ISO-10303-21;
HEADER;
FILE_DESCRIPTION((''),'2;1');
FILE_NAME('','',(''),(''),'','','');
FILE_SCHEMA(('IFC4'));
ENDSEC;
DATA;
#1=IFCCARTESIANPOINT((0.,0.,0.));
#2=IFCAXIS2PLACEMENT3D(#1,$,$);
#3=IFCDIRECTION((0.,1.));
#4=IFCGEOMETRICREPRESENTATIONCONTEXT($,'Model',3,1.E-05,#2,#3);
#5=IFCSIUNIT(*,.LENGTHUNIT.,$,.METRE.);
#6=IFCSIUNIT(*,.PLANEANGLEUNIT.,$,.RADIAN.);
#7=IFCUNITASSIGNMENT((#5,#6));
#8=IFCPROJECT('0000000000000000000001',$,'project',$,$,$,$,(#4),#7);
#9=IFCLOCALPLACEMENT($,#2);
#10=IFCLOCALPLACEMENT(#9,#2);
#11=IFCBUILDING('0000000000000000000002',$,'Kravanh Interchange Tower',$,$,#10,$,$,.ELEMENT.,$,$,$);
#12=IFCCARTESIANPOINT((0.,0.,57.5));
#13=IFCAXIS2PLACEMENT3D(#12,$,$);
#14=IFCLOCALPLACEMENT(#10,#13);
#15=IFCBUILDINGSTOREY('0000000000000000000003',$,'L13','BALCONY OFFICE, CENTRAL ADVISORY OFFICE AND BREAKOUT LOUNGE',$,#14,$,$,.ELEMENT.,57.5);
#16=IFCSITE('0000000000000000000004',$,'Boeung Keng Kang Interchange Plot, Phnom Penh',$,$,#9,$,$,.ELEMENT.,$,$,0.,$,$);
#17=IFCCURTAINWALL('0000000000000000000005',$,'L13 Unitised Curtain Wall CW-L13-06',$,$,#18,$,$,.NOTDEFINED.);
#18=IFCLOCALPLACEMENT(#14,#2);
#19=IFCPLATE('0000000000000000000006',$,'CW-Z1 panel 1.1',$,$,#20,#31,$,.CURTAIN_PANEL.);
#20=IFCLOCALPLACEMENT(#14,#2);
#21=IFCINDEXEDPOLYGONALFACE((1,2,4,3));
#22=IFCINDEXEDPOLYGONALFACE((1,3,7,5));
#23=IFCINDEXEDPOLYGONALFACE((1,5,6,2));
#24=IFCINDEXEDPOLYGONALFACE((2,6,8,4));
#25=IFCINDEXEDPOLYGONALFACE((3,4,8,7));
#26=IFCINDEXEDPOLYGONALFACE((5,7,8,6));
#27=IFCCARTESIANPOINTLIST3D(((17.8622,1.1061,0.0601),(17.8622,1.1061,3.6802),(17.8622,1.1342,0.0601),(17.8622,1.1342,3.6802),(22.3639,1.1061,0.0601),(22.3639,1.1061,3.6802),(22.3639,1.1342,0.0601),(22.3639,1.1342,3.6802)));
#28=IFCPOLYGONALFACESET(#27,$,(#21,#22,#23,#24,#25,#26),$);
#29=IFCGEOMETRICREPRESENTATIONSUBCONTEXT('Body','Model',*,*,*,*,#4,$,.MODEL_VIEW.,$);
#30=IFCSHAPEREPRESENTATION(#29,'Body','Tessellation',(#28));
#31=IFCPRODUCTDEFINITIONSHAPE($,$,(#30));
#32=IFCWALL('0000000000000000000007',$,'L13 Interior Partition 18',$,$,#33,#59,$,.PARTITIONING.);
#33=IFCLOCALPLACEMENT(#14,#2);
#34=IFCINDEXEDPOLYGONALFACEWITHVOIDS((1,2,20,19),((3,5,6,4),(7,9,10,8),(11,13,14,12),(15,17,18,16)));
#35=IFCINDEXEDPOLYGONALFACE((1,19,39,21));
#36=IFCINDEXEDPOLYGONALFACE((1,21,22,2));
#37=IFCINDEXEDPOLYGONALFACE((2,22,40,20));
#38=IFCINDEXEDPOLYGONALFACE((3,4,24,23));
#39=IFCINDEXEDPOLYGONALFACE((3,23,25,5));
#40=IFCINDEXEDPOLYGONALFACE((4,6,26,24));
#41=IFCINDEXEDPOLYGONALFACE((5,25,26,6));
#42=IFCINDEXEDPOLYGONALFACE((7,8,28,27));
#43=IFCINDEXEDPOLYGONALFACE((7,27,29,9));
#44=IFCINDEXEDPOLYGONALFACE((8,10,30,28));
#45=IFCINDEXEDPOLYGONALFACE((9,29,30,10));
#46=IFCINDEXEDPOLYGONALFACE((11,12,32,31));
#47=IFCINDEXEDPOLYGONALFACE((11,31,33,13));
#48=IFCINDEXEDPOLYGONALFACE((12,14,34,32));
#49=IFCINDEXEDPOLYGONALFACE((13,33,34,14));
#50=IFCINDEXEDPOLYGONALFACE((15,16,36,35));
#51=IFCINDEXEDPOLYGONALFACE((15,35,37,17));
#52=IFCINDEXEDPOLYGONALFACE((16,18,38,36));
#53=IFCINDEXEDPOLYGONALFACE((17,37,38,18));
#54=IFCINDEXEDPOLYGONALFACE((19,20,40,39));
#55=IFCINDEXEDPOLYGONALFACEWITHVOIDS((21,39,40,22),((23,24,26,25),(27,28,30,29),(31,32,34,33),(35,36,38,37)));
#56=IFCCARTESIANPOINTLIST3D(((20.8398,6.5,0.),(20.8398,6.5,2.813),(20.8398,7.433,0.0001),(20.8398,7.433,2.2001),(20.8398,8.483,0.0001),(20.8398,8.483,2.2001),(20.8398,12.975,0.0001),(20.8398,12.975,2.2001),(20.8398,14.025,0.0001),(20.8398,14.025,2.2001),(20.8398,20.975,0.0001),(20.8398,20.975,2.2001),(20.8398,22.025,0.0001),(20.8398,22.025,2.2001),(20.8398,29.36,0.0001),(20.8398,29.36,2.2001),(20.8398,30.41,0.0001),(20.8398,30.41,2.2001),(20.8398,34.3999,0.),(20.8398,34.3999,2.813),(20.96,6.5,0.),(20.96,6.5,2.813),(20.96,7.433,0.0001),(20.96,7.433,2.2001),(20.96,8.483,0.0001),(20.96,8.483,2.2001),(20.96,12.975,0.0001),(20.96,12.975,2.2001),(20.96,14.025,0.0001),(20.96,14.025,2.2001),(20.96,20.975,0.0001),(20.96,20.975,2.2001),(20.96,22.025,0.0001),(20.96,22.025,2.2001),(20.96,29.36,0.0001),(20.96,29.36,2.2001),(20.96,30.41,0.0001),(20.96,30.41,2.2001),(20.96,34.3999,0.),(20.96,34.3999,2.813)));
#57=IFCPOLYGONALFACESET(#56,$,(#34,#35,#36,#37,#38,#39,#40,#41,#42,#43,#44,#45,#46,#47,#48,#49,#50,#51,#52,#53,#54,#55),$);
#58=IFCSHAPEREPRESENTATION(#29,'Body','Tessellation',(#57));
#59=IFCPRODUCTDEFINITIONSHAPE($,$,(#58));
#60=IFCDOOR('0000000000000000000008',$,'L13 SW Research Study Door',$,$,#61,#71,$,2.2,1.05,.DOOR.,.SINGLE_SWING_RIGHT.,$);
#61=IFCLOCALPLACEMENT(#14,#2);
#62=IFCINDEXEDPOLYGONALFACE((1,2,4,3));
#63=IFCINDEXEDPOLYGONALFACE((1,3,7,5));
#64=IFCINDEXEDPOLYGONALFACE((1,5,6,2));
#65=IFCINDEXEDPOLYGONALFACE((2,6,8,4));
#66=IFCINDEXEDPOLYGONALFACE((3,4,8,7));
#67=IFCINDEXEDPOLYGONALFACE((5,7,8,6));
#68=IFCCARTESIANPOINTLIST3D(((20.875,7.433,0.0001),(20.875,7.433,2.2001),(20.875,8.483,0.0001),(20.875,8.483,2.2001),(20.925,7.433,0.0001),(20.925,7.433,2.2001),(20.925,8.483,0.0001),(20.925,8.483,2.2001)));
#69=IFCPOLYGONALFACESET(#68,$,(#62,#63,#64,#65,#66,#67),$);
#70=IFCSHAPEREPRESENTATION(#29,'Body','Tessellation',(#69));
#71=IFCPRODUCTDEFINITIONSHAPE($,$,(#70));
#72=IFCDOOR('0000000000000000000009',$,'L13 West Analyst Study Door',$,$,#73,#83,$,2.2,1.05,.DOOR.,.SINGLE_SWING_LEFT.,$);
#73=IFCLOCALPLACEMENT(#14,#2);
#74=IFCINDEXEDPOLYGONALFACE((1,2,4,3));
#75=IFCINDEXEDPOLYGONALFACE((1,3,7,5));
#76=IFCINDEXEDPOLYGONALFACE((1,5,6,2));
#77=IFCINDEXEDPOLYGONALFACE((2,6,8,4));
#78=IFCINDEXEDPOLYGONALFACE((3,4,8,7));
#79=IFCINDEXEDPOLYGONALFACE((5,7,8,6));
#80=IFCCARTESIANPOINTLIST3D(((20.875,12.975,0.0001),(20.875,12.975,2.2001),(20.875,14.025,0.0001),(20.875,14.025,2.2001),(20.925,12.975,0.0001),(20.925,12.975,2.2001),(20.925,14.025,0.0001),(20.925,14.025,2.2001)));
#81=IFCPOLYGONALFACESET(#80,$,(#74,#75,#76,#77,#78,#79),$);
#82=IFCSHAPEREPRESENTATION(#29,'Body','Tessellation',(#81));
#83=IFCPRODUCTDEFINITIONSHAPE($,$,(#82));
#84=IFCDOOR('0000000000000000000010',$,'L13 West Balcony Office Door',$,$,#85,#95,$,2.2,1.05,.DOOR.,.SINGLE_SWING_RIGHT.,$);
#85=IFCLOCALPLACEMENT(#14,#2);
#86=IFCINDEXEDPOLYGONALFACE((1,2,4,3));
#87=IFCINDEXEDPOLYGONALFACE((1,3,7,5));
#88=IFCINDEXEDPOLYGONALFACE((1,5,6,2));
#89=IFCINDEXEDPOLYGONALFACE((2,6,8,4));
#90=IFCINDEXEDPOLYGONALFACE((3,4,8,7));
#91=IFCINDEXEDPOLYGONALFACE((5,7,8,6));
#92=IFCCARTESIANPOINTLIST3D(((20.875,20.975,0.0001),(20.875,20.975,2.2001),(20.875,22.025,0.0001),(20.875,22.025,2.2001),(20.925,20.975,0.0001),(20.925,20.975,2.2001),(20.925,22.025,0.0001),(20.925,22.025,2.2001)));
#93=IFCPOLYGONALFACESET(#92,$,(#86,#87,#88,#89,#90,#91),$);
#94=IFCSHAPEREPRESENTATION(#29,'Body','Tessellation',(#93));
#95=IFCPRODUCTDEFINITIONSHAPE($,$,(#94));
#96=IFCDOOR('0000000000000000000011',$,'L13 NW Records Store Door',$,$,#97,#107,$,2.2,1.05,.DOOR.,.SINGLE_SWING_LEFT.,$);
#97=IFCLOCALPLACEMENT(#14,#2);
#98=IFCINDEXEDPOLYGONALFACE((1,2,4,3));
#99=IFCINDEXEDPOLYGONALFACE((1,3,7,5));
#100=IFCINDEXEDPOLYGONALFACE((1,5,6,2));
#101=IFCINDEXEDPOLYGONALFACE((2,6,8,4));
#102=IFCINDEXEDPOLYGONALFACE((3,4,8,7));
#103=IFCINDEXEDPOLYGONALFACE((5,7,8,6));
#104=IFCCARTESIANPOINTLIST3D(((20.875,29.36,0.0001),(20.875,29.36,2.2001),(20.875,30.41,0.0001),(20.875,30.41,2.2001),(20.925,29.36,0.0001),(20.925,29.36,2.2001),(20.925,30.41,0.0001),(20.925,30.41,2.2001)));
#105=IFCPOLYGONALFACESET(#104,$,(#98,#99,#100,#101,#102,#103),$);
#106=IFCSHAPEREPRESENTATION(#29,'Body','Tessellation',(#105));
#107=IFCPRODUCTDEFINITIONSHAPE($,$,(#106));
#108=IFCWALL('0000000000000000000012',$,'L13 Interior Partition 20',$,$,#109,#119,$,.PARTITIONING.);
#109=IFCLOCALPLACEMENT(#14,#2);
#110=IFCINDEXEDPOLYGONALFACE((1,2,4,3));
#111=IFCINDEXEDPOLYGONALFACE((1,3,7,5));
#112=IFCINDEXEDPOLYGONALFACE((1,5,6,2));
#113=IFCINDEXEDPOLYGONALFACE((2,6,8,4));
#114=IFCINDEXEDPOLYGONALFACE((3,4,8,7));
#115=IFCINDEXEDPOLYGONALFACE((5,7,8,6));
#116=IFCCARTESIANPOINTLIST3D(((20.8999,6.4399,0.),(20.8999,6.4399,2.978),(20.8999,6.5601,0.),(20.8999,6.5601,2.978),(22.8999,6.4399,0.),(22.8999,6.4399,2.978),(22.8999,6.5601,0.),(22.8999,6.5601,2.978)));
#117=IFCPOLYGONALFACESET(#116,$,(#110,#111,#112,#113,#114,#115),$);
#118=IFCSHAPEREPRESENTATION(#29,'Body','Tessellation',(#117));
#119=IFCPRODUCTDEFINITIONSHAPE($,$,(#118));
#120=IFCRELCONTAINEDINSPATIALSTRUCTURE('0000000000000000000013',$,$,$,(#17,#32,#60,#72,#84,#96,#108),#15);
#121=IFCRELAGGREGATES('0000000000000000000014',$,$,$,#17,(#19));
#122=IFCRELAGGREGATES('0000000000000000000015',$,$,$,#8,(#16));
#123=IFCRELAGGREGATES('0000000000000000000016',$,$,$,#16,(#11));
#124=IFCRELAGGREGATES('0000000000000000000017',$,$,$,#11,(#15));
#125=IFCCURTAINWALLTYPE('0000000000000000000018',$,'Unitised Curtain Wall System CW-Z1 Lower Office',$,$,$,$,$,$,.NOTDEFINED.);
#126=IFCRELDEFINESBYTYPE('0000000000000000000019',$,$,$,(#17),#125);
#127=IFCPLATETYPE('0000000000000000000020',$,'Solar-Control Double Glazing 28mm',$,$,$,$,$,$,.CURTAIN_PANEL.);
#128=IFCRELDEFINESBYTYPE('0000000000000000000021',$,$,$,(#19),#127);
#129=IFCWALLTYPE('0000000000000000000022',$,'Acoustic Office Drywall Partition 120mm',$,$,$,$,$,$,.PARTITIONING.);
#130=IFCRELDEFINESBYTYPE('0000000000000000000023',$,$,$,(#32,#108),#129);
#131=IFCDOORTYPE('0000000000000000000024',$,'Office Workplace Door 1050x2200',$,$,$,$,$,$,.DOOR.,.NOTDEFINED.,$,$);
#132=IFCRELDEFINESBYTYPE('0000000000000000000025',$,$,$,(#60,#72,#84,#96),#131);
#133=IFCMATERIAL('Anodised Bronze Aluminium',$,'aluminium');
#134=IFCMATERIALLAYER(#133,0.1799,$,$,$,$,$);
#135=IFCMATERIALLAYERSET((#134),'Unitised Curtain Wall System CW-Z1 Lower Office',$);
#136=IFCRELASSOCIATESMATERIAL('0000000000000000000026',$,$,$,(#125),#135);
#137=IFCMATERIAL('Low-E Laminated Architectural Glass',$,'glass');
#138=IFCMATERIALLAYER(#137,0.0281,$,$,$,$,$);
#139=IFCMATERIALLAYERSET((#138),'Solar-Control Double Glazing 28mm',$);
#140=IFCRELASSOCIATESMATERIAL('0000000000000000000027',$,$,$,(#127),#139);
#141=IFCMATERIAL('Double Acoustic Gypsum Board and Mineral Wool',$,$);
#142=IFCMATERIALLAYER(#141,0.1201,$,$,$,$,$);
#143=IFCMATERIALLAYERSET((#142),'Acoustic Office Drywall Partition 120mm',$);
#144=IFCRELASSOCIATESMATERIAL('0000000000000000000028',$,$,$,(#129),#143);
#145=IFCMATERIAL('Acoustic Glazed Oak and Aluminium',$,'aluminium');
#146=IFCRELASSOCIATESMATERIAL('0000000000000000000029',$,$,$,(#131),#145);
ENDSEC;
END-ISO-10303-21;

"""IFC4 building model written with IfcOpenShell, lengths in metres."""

from ifc_helpers import new_model, si_unit, direction, frame, frame_2d, origin, origin_2d, place, context, subcontext, project, spatial, rectangle, extrude, material, layer, layer_set, type_object, element, fill, aggregate, save


model = new_model("IFC4")

# Units and contexts
model_context = context("Model", 3, precision=1e-05, world=origin(), true_north=direction((0.0, 1.0)))
body_context = subcontext(model_context, "Body", "Model", "MODEL_VIEW")
ifc_project = project(units=[si_unit("LENGTHUNIT", "METRE"), si_unit("PLANEANGLEUNIT", "RADIAN")], contexts=[model_context])

# Site, building, storey
site_placement = place(None, origin())
site = spatial("IfcSite", under=ifc_project, at=site_placement, Name="Boeung Keng Kang Interchange Plot, Phnom Penh", CompositionType="ELEMENT", RefElevation=0.0)
building_placement = place(site_placement, origin())
building = spatial("IfcBuilding", under=site, at=building_placement, Name="Kravanh Interchange Tower", CompositionType="ELEMENT")
storey_placement = place(building_placement, frame((0.0, 0.0, 57.5)))
storey = spatial("IfcBuildingStorey", under=building, at=storey_placement, Name="L13", Description="BALCONY OFFICE, CENTRAL ADVISORY OFFICE AND BREAKOUT LOUNGE", CompositionType="ELEMENT", Elevation=57.5)

# Curtain wall
ifc_material_1 = material(Name="Anodised Bronze Aluminium", Category="aluminium")
ifc_layer_1 = layer(ifc_material_1, 0.1799)
ifc_layer_set_1 = layer_set([ifc_layer_1], Name="Unitised Curtain Wall System CW-Z1 Lower Office")
curtain_wall_type = type_object("IfcCurtainWallType", Name="Unitised Curtain Wall System CW-Z1 Lower Office", PredefinedType="NOTDEFINED", material=ifc_layer_set_1)
curtain_wall_placement = place(storey_placement, origin())
curtain_wall = element("IfcCurtainWall", 1, at=curtain_wall_placement, inside=storey, type_object=curtain_wall_type, Name="L13 Unitised Curtain Wall CW-L13-06", PredefinedType="NOTDEFINED")

# Plate
ifc_material_2 = material(Name="Low-E Laminated Architectural Glass", Category="glass")
ifc_layer_2 = layer(ifc_material_2, 0.0281)
ifc_layer_set_2 = layer_set([ifc_layer_2], Name="Solar-Control Double Glazing 28mm")
plate_type = type_object("IfcPlateType", Name="Solar-Control Double Glazing 28mm", PredefinedType="CURTAIN_PANEL", material=ifc_layer_set_2)
plate_placement = place(storey_placement, frame((20.113, 1.1201, 0.0601), z_axis=(0.0, 0.0, 1.0), x_axis=(-1.0, 0.0, 0.0)))
plate = element("IfcPlate", 2, at=plate_placement, type_object=plate_type, Name="CW-Z1 panel 1.1", PredefinedType="CURTAIN_PANEL", context=body_context, shape_type="SweptSolid", body=[
    extrude(rectangle(XDim=4.5017, YDim=0.0281, at=origin_2d()), origin(), (0.0, 0.0, 1.0), 3.6201),
])
aggregate(curtain_wall, [plate])

# Wall, openings, doors
ifc_material_3 = material(Name="Double Acoustic Gypsum Board and Mineral Wool")
ifc_layer_3 = layer(ifc_material_3, 0.1201)
ifc_layer_set_3 = layer_set([ifc_layer_3], Name="Acoustic Office Drywall Partition 120mm")
wall_type = type_object("IfcWallType", Name="Acoustic Office Drywall Partition 120mm", PredefinedType="PARTITIONING", material=ifc_layer_set_3)
wall_1_placement = place(storey_placement, frame((20.8999, 6.5, 0.0), z_axis=(0.0, 0.0, 1.0), x_axis=(0.0, 1.0, 0.0)))
wall_1 = element("IfcWall", 3, at=wall_1_placement, inside=storey, type_object=wall_type, Name="L13 Interior Partition 18", PredefinedType="PARTITIONING", context=body_context, shape_type="SweptSolid", body=[
    extrude(rectangle(XDim=27.8999, YDim=0.1201, at=frame_2d((13.95, 0.0))), origin(), (0.0, 0.0, 1.0), 2.813),
])
opening_1_placement = place(wall_1_placement, frame((0.9331, 0.0, 0.0)))
opening_1 = element("IfcOpeningElement", 4, at=opening_1_placement, cuts=wall_1, PredefinedType="OPENING", context=body_context, shape_type="SweptSolid", body=[
    extrude(rectangle(XDim=1.05, YDim=2.2, at=frame_2d((0.5249, 1.1001))), frame((0.0, 0.0701, 0.0), z_axis=(0.0, -1.0, 0.0), x_axis=(1.0, 0.0, 0.0)), (0.0, 0.0, 1.0), 0.1401),
])
opening_2_placement = place(wall_1_placement, frame((6.4751, 0.0, 0.0)))
opening_2 = element("IfcOpeningElement", 5, at=opening_2_placement, cuts=wall_1, PredefinedType="OPENING", context=body_context, shape_type="SweptSolid", body=[
    extrude(rectangle(XDim=1.05, YDim=2.2, at=frame_2d((0.5249, 1.1001))), frame((0.0, 0.0701, 0.0), z_axis=(0.0, -1.0, 0.0), x_axis=(1.0, 0.0, 0.0)), (0.0, 0.0, 1.0), 0.1401),
])
opening_3_placement = place(wall_1_placement, frame((14.4751, 0.0, 0.0)))
opening_3 = element("IfcOpeningElement", 6, at=opening_3_placement, cuts=wall_1, PredefinedType="OPENING", context=body_context, shape_type="SweptSolid", body=[
    extrude(rectangle(XDim=1.05, YDim=2.2, at=frame_2d((0.5249, 1.1001))), frame((0.0, 0.0701, 0.0), z_axis=(0.0, -1.0, 0.0), x_axis=(1.0, 0.0, 0.0)), (0.0, 0.0, 1.0), 0.1401),
])
opening_4_placement = place(wall_1_placement, frame((22.8601, 0.0, 0.0)))
opening_4 = element("IfcOpeningElement", 7, at=opening_4_placement, cuts=wall_1, PredefinedType="OPENING", context=body_context, shape_type="SweptSolid", body=[
    extrude(rectangle(XDim=1.05, YDim=2.2, at=frame_2d((0.5249, 1.1001))), frame((0.0, 0.0701, 0.0), z_axis=(0.0, -1.0, 0.0), x_axis=(1.0, 0.0, 0.0)), (0.0, 0.0, 1.0), 0.1401),
])
ifc_material_4 = material(Name="Acoustic Glazed Oak and Aluminium", Category="aluminium")
door_type = type_object("IfcDoorType", Name="Office Workplace Door 1050x2200", OperationType="NOTDEFINED", PredefinedType="DOOR", material=ifc_material_4)
door_1_placement = place(opening_1_placement, origin())
door_1 = element("IfcDoor", 8, at=door_1_placement, inside=storey, type_object=door_type, Name="L13 SW Research Study Door", OperationType="SINGLE_SWING_RIGHT", OverallHeight=2.2, OverallWidth=1.05, PredefinedType="DOOR", context=body_context, shape_type="SweptSolid", body=[
    extrude(rectangle(XDim=1.05, YDim=2.2, at=frame_2d((0.5249, 1.1001))), frame((0.0, 0.0249, 0.0), z_axis=(0.0, -1.0, 0.0), x_axis=(1.0, 0.0, 0.0)), (0.0, 0.0, 1.0), 0.05),
])
fill(opening_1, door_1)
door_2_placement = place(opening_2_placement, origin())
door_2 = element("IfcDoor", 9, at=door_2_placement, inside=storey, type_object=door_type, Name="L13 West Analyst Study Door", OperationType="SINGLE_SWING_LEFT", OverallHeight=2.2, OverallWidth=1.05, PredefinedType="DOOR", context=body_context, shape_type="SweptSolid", body=[
    extrude(rectangle(XDim=1.05, YDim=2.2, at=frame_2d((0.5249, 1.1001))), frame((0.0, 0.0249, 0.0), z_axis=(0.0, -1.0, 0.0), x_axis=(1.0, 0.0, 0.0)), (0.0, 0.0, 1.0), 0.05),
])
fill(opening_2, door_2)
door_3_placement = place(opening_3_placement, origin())
door_3 = element("IfcDoor", 10, at=door_3_placement, inside=storey, type_object=door_type, Name="L13 West Balcony Office Door", OperationType="SINGLE_SWING_RIGHT", OverallHeight=2.2, OverallWidth=1.05, PredefinedType="DOOR", context=body_context, shape_type="SweptSolid", body=[
    extrude(rectangle(XDim=1.05, YDim=2.2, at=frame_2d((0.5249, 1.1001))), frame((0.0, 0.0249, 0.0), z_axis=(0.0, -1.0, 0.0), x_axis=(1.0, 0.0, 0.0)), (0.0, 0.0, 1.0), 0.05),
])
fill(opening_3, door_3)
door_4_placement = place(opening_4_placement, origin())
door_4 = element("IfcDoor", 11, at=door_4_placement, inside=storey, type_object=door_type, Name="L13 NW Records Store Door", OperationType="SINGLE_SWING_LEFT", OverallHeight=2.2, OverallWidth=1.05, PredefinedType="DOOR", context=body_context, shape_type="SweptSolid", body=[
    extrude(rectangle(XDim=1.05, YDim=2.2, at=frame_2d((0.5249, 1.1001))), frame((0.0, 0.0249, 0.0), z_axis=(0.0, -1.0, 0.0), x_axis=(1.0, 0.0, 0.0)), (0.0, 0.0, 1.0), 0.05),
])
fill(opening_4, door_4)

# Wall
wall_2_placement = place(storey_placement, frame((20.8999, 6.5, 0.0), z_axis=(0.0, 0.0, 1.0), x_axis=(1.0, 0.0, 0.0)))
element("IfcWall", 12, at=wall_2_placement, inside=storey, type_object=wall_type, Name="L13 Interior Partition 20", PredefinedType="PARTITIONING", context=body_context, shape_type="SweptSolid", body=[
    extrude(rectangle(XDim=2.0, YDim=0.1201, at=frame_2d((1.0, 0.0))), origin(), (0.0, 0.0, 1.0), 2.978),
])

save(model, "model.ifc")
